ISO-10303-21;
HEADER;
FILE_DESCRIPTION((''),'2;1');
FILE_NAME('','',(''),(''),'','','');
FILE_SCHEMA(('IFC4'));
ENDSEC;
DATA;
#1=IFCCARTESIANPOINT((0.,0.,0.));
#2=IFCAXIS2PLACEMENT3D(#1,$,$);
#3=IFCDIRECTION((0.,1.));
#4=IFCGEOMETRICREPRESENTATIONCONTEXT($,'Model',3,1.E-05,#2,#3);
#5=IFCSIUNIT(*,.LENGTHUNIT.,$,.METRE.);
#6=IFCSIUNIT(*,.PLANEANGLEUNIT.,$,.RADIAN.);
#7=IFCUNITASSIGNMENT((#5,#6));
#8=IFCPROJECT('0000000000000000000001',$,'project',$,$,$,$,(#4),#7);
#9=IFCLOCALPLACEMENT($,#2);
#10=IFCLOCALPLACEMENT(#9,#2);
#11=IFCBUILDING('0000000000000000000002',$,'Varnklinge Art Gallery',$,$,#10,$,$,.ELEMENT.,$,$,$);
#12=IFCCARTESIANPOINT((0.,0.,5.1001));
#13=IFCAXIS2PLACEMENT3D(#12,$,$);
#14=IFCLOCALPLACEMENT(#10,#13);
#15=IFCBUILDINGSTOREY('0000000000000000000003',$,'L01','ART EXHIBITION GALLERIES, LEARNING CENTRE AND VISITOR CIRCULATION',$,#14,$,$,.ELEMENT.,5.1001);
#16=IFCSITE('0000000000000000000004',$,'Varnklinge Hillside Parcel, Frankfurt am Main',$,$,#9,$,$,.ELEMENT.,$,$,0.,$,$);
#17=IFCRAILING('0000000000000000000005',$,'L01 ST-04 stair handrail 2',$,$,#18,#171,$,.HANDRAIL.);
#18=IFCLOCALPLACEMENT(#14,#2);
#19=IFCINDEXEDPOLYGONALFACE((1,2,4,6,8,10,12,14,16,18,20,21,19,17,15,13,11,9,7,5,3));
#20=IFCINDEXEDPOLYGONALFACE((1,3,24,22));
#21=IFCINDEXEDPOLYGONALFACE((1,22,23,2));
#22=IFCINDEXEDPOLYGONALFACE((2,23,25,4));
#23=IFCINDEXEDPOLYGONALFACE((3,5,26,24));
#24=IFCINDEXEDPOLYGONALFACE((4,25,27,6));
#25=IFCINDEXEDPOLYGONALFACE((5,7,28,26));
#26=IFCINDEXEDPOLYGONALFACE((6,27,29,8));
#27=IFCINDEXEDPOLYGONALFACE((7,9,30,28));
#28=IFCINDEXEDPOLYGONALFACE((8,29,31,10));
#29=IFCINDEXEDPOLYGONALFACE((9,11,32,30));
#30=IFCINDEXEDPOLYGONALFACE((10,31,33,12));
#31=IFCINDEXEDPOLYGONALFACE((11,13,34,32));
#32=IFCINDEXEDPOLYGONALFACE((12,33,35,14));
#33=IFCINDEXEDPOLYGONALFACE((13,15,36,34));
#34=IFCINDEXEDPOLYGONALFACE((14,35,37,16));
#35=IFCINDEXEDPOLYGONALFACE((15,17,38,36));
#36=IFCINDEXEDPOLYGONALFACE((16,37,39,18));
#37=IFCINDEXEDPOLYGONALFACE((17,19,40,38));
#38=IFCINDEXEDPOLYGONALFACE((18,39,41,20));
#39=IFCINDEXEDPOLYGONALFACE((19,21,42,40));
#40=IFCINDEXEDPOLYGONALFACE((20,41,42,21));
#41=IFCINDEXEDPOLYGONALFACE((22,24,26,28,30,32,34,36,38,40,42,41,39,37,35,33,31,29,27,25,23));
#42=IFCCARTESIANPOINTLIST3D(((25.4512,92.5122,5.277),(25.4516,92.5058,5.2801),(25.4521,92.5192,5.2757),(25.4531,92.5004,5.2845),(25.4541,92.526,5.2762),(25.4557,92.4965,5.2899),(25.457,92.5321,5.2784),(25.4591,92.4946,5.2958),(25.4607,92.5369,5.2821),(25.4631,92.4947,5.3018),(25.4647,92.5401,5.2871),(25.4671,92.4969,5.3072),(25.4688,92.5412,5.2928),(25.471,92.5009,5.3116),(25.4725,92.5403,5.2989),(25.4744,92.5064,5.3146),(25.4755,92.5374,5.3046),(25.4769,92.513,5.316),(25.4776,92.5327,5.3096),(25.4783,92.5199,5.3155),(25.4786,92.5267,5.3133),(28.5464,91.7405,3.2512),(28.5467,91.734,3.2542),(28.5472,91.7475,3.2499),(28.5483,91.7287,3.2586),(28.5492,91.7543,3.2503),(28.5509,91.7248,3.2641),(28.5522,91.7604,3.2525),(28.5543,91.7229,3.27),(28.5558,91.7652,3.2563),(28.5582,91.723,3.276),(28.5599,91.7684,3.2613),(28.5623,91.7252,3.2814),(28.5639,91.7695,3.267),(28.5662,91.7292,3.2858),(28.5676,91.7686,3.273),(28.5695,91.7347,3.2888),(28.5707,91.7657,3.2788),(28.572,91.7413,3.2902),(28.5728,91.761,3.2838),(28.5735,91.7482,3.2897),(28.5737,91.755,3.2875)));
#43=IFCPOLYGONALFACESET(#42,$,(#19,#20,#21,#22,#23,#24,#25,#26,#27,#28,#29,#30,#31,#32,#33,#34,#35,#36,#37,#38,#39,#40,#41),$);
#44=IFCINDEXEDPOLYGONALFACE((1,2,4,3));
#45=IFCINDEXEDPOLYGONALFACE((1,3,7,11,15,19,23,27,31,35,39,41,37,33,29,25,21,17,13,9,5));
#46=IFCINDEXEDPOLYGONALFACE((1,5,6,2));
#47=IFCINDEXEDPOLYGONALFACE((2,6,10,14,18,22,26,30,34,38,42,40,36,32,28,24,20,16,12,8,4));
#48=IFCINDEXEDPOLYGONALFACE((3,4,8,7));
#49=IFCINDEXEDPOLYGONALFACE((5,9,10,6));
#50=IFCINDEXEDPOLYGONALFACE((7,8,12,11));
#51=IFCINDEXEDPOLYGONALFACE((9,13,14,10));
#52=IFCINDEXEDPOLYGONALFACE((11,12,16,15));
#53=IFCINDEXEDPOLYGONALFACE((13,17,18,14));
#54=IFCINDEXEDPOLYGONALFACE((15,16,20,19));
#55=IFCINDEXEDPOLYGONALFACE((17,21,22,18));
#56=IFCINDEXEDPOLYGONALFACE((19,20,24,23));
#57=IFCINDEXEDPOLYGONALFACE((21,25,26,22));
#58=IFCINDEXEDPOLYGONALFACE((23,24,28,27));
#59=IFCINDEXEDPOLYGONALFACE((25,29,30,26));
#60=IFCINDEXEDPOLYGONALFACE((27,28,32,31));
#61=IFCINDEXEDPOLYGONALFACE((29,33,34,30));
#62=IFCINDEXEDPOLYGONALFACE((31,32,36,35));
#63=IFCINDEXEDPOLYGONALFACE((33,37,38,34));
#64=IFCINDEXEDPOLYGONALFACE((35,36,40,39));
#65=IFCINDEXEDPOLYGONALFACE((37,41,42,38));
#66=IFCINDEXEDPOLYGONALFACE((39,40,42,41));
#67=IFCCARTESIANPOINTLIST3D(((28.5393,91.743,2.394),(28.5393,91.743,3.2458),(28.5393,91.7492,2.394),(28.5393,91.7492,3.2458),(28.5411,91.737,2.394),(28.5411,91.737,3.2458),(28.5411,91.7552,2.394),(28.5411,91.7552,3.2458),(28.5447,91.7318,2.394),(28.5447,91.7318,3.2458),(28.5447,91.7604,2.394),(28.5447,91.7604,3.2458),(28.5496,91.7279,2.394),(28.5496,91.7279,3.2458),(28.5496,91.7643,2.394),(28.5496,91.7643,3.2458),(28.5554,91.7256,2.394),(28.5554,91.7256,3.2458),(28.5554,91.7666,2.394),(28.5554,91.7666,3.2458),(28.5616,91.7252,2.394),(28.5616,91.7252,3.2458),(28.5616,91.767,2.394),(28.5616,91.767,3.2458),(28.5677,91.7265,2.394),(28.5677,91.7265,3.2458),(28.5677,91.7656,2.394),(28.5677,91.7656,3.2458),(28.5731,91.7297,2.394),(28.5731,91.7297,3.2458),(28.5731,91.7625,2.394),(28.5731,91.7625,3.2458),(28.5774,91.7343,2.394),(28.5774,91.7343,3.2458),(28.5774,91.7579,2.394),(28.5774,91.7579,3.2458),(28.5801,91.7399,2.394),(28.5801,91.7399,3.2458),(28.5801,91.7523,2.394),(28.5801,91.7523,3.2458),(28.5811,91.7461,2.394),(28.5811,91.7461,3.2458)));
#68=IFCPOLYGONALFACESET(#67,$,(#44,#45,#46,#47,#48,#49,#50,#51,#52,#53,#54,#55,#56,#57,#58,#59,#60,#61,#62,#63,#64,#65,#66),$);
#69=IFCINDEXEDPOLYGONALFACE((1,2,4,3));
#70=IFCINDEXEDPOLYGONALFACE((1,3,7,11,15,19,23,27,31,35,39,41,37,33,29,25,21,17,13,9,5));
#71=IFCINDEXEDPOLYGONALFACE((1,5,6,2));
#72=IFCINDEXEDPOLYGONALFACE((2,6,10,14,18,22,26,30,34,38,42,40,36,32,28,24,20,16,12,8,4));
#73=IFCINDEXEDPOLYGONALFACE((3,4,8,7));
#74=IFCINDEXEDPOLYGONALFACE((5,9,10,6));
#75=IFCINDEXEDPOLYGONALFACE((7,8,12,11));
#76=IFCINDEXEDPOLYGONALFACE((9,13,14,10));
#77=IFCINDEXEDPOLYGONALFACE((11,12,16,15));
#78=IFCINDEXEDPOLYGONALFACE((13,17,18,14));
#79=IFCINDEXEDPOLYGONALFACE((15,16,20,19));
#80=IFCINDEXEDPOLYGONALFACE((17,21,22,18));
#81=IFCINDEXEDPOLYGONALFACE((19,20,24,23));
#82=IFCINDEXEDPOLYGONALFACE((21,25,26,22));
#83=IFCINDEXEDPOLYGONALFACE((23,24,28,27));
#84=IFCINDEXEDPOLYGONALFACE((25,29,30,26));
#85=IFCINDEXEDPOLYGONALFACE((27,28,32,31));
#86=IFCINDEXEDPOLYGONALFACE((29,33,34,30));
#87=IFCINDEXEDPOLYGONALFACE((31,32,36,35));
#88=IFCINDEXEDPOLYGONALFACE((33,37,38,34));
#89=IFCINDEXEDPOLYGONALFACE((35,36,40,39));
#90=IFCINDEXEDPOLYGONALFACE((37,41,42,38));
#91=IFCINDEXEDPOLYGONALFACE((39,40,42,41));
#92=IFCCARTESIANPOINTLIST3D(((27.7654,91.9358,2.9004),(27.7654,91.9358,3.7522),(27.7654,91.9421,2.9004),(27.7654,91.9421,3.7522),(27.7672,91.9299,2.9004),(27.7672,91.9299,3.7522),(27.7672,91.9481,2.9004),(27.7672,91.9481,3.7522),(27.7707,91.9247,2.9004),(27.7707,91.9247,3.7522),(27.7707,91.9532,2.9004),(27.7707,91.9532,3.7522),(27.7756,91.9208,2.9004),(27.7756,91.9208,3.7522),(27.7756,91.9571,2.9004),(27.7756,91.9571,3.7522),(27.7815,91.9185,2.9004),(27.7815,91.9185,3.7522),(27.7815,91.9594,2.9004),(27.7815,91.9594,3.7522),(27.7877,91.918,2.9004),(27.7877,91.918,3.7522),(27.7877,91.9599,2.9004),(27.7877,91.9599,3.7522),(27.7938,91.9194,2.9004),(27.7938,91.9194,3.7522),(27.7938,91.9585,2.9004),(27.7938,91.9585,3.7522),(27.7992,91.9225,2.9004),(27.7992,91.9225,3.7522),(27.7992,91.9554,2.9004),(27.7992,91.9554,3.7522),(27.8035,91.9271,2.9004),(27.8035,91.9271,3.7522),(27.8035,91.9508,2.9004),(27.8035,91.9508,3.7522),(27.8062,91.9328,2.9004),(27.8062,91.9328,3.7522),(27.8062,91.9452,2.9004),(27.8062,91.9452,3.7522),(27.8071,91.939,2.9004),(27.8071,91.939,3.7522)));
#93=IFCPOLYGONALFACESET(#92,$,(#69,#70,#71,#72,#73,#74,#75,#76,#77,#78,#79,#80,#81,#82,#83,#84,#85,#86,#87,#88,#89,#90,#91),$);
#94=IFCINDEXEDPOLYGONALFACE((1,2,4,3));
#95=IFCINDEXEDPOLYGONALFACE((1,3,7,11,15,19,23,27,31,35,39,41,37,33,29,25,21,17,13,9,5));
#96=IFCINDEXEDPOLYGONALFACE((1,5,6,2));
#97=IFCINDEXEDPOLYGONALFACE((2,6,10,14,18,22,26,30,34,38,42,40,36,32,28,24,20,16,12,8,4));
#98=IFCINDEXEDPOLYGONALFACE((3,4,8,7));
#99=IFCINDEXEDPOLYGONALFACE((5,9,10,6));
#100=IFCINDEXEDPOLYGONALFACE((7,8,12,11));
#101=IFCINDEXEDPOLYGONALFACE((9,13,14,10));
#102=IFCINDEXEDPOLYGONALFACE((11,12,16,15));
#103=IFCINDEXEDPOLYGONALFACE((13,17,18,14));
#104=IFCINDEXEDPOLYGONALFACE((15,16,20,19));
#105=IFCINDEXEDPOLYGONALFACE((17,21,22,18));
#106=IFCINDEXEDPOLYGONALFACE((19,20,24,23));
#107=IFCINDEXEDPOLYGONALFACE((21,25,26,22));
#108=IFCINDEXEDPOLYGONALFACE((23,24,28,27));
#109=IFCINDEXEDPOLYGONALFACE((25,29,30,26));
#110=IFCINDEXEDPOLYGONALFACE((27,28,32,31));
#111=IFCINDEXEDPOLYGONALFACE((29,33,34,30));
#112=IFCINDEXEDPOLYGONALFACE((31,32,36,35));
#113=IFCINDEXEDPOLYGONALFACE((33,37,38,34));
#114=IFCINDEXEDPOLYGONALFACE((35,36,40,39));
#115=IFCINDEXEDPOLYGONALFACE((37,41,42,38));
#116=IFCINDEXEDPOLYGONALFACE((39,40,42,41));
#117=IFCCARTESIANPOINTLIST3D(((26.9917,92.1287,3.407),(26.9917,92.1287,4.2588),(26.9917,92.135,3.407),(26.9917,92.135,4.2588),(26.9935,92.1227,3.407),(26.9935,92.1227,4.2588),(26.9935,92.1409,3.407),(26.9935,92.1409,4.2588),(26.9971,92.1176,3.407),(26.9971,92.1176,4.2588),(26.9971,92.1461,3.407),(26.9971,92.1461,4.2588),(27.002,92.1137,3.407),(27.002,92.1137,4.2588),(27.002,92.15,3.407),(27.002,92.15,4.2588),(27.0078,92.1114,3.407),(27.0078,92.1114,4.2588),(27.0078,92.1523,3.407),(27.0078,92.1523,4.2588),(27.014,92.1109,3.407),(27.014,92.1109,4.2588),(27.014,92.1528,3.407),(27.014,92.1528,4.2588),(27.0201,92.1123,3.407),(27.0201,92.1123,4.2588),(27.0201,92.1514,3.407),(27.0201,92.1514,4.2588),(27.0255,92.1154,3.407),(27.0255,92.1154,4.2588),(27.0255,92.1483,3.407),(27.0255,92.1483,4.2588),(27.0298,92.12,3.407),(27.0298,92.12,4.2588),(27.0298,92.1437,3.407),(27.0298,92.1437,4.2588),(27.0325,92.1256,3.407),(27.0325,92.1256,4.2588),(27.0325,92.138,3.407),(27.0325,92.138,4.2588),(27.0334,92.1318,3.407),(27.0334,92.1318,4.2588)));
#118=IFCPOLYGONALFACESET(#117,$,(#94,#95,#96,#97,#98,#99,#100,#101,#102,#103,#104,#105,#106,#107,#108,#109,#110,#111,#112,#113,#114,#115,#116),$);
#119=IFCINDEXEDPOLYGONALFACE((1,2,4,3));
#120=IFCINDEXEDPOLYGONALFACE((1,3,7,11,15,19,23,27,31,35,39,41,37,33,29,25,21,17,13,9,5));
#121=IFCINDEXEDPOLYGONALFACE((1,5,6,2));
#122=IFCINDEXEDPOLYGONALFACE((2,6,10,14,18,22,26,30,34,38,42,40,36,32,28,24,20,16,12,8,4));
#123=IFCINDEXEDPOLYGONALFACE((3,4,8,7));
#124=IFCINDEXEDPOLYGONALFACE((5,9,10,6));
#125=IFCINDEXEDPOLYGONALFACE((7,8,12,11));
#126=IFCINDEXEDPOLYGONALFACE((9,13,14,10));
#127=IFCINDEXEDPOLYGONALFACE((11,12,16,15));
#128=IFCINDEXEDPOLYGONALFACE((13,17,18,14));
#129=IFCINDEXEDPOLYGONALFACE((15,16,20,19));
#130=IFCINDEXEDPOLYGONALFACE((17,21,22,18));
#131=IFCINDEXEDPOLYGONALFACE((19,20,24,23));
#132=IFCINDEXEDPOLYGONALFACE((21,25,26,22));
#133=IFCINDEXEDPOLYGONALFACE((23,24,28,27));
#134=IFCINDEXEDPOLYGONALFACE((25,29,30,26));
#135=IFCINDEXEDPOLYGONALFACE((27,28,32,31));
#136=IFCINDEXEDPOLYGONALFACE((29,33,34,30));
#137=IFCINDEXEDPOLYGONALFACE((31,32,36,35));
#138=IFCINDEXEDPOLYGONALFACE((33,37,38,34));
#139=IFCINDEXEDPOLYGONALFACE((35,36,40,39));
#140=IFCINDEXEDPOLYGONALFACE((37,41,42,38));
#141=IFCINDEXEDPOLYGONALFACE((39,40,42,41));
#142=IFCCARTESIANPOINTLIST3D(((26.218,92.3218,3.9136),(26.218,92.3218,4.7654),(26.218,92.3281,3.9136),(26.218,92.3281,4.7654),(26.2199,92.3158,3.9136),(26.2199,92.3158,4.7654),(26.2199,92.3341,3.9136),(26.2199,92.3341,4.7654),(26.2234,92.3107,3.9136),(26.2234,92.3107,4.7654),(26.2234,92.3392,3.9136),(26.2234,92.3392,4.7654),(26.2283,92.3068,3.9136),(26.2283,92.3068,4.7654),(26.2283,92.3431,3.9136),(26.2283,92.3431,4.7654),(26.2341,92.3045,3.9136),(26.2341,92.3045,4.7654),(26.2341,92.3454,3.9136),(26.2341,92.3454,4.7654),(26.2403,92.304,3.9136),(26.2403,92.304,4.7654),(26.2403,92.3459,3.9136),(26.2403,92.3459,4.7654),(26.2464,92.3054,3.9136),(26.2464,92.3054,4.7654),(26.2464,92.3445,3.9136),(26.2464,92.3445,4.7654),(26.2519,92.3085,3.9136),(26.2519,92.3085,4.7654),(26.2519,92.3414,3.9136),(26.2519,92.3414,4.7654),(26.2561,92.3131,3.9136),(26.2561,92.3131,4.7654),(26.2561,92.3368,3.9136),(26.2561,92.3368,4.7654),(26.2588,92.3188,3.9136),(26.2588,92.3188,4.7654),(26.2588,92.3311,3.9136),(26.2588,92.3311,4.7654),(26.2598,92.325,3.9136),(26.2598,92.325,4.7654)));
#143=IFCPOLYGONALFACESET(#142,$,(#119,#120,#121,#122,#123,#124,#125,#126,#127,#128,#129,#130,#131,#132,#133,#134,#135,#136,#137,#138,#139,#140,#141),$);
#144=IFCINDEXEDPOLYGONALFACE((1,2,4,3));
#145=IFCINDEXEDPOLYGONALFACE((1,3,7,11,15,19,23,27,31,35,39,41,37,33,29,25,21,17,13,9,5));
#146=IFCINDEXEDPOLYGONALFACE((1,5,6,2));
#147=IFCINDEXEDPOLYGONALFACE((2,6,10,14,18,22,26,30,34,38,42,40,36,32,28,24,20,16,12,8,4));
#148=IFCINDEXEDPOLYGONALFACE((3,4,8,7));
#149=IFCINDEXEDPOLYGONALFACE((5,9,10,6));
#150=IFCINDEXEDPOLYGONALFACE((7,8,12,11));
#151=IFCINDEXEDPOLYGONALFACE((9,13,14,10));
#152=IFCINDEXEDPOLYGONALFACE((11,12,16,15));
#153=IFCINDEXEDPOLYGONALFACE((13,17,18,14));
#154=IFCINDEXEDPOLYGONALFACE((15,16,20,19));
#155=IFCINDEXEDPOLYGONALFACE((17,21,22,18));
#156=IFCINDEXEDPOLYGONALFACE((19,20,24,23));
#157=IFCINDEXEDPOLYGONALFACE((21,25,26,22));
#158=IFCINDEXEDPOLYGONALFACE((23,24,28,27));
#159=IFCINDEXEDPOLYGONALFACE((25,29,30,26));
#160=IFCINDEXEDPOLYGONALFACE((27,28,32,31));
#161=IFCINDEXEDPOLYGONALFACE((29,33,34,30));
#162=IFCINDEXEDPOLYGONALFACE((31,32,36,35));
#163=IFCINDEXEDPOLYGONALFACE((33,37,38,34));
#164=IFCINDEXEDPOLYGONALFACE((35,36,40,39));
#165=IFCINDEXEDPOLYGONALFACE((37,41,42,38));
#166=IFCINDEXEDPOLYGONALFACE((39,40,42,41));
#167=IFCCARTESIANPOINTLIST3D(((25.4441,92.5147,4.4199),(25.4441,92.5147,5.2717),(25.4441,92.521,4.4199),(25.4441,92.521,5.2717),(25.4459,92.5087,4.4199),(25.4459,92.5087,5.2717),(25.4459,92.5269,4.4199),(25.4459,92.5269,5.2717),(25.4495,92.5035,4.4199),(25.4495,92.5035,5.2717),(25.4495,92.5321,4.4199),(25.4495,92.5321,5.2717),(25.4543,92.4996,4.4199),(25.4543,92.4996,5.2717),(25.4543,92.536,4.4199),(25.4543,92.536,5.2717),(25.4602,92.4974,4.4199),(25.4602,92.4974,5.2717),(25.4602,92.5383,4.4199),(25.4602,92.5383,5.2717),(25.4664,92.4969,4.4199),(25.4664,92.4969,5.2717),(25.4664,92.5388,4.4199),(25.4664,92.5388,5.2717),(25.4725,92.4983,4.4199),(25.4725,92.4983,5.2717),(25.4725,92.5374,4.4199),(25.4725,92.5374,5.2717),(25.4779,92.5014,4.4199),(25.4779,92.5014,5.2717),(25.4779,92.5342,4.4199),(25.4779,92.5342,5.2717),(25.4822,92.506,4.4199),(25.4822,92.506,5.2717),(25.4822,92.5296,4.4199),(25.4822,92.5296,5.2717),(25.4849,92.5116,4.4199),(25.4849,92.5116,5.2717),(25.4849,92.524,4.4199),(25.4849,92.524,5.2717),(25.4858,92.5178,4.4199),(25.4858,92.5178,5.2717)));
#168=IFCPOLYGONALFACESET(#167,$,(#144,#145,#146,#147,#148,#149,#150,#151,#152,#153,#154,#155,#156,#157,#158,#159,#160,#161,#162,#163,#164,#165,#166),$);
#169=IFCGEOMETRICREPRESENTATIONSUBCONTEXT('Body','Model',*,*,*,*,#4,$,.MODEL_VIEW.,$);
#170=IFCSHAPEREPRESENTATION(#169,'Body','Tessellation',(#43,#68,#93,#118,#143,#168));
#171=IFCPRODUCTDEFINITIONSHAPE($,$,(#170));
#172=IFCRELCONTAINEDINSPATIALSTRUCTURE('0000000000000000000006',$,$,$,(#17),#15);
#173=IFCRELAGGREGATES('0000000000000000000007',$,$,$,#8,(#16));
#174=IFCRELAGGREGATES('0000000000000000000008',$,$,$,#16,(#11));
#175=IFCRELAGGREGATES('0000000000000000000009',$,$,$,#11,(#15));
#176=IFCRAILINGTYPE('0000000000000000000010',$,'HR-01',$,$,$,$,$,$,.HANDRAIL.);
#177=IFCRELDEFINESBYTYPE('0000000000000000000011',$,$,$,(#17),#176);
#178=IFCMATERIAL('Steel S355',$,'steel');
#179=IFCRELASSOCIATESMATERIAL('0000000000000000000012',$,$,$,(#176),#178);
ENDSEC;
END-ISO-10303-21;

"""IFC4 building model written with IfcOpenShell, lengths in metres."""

from ifc_helpers import new_model, si_unit, direction, frame, origin, origin_2d, place, context, subcontext, project, spatial, circle, extrude, material, type_object, element, save


model = new_model("IFC4")

# Units and contexts
model_context = context("Model", 3, precision=1e-05, world=origin(), true_north=direction((0.0, 1.0)))
body_context = subcontext(model_context, "Body", "Model", "MODEL_VIEW")
ifc_project = project(units=[si_unit("LENGTHUNIT", "METRE"), si_unit("PLANEANGLEUNIT", "RADIAN")], contexts=[model_context])

# Site, building, storey
site_placement = place(None, origin())
site = spatial("IfcSite", under=ifc_project, at=site_placement, Name="Varnklinge Hillside Parcel, Frankfurt am Main", CompositionType="ELEMENT", RefElevation=0.0)
building_placement = place(site_placement, origin())
building = spatial("IfcBuilding", under=site, at=building_placement, Name="Varnklinge Art Gallery", CompositionType="ELEMENT")
storey_placement = place(building_placement, frame((0.0, 0.0, 5.1001)))
storey = spatial("IfcBuildingStorey", under=building, at=storey_placement, Name="L01", Description="ART EXHIBITION GALLERIES, LEARNING CENTRE AND VISITOR CIRCULATION", CompositionType="ELEMENT", Elevation=5.1001)

# Railing
ifc_material_1 = material(Name="Steel S355", Category="steel")
railing_type_1 = type_object("IfcRailingType", Name="HR-01", PredefinedType="HANDRAIL", material=ifc_material_1)
railing_1_placement = place(storey_placement, frame((28.5601, 91.7461, 2.394)))
element("IfcRailing", 1, at=railing_1_placement, inside=storey, type_object=railing_type_1, Name="L01 ST-04 stair handrail 2", PredefinedType="HANDRAIL", context=body_context, shape_type="SweptSolid", body=[
    extrude(circle(Radius=0.0239, at=origin_2d()), frame((0.0, 0.0, 0.876), z_axis=(-0.819078, 0.20422, 0.536102), x_axis=(-0.241923, -0.970295, 0.0)), (0.0, 0.0, 1.0), 3.7788),
    extrude(circle(Radius=0.021, at=origin_2d()), origin(), (0.0, 0.0, 1.0), 0.8518),
    extrude(circle(Radius=0.021, at=origin_2d()), frame((-0.7739, 0.1929, 0.5063)), (0.0, 0.0, 1.0), 0.8518),
    extrude(circle(Radius=0.021, at=origin_2d()), frame((-1.5476, 0.3857, 1.0129)), (0.0, 0.0, 1.0), 0.8518),
    extrude(circle(Radius=0.021, at=origin_2d()), frame((-2.3213, 0.5789, 1.5195)), (0.0, 0.0, 1.0), 0.8518),
    extrude(circle(Radius=0.021, at=origin_2d()), frame((-3.0952, 0.7717, 2.0259)), (0.0, 0.0, 1.0), 0.8518),
])

save(model, "model.ifc")
